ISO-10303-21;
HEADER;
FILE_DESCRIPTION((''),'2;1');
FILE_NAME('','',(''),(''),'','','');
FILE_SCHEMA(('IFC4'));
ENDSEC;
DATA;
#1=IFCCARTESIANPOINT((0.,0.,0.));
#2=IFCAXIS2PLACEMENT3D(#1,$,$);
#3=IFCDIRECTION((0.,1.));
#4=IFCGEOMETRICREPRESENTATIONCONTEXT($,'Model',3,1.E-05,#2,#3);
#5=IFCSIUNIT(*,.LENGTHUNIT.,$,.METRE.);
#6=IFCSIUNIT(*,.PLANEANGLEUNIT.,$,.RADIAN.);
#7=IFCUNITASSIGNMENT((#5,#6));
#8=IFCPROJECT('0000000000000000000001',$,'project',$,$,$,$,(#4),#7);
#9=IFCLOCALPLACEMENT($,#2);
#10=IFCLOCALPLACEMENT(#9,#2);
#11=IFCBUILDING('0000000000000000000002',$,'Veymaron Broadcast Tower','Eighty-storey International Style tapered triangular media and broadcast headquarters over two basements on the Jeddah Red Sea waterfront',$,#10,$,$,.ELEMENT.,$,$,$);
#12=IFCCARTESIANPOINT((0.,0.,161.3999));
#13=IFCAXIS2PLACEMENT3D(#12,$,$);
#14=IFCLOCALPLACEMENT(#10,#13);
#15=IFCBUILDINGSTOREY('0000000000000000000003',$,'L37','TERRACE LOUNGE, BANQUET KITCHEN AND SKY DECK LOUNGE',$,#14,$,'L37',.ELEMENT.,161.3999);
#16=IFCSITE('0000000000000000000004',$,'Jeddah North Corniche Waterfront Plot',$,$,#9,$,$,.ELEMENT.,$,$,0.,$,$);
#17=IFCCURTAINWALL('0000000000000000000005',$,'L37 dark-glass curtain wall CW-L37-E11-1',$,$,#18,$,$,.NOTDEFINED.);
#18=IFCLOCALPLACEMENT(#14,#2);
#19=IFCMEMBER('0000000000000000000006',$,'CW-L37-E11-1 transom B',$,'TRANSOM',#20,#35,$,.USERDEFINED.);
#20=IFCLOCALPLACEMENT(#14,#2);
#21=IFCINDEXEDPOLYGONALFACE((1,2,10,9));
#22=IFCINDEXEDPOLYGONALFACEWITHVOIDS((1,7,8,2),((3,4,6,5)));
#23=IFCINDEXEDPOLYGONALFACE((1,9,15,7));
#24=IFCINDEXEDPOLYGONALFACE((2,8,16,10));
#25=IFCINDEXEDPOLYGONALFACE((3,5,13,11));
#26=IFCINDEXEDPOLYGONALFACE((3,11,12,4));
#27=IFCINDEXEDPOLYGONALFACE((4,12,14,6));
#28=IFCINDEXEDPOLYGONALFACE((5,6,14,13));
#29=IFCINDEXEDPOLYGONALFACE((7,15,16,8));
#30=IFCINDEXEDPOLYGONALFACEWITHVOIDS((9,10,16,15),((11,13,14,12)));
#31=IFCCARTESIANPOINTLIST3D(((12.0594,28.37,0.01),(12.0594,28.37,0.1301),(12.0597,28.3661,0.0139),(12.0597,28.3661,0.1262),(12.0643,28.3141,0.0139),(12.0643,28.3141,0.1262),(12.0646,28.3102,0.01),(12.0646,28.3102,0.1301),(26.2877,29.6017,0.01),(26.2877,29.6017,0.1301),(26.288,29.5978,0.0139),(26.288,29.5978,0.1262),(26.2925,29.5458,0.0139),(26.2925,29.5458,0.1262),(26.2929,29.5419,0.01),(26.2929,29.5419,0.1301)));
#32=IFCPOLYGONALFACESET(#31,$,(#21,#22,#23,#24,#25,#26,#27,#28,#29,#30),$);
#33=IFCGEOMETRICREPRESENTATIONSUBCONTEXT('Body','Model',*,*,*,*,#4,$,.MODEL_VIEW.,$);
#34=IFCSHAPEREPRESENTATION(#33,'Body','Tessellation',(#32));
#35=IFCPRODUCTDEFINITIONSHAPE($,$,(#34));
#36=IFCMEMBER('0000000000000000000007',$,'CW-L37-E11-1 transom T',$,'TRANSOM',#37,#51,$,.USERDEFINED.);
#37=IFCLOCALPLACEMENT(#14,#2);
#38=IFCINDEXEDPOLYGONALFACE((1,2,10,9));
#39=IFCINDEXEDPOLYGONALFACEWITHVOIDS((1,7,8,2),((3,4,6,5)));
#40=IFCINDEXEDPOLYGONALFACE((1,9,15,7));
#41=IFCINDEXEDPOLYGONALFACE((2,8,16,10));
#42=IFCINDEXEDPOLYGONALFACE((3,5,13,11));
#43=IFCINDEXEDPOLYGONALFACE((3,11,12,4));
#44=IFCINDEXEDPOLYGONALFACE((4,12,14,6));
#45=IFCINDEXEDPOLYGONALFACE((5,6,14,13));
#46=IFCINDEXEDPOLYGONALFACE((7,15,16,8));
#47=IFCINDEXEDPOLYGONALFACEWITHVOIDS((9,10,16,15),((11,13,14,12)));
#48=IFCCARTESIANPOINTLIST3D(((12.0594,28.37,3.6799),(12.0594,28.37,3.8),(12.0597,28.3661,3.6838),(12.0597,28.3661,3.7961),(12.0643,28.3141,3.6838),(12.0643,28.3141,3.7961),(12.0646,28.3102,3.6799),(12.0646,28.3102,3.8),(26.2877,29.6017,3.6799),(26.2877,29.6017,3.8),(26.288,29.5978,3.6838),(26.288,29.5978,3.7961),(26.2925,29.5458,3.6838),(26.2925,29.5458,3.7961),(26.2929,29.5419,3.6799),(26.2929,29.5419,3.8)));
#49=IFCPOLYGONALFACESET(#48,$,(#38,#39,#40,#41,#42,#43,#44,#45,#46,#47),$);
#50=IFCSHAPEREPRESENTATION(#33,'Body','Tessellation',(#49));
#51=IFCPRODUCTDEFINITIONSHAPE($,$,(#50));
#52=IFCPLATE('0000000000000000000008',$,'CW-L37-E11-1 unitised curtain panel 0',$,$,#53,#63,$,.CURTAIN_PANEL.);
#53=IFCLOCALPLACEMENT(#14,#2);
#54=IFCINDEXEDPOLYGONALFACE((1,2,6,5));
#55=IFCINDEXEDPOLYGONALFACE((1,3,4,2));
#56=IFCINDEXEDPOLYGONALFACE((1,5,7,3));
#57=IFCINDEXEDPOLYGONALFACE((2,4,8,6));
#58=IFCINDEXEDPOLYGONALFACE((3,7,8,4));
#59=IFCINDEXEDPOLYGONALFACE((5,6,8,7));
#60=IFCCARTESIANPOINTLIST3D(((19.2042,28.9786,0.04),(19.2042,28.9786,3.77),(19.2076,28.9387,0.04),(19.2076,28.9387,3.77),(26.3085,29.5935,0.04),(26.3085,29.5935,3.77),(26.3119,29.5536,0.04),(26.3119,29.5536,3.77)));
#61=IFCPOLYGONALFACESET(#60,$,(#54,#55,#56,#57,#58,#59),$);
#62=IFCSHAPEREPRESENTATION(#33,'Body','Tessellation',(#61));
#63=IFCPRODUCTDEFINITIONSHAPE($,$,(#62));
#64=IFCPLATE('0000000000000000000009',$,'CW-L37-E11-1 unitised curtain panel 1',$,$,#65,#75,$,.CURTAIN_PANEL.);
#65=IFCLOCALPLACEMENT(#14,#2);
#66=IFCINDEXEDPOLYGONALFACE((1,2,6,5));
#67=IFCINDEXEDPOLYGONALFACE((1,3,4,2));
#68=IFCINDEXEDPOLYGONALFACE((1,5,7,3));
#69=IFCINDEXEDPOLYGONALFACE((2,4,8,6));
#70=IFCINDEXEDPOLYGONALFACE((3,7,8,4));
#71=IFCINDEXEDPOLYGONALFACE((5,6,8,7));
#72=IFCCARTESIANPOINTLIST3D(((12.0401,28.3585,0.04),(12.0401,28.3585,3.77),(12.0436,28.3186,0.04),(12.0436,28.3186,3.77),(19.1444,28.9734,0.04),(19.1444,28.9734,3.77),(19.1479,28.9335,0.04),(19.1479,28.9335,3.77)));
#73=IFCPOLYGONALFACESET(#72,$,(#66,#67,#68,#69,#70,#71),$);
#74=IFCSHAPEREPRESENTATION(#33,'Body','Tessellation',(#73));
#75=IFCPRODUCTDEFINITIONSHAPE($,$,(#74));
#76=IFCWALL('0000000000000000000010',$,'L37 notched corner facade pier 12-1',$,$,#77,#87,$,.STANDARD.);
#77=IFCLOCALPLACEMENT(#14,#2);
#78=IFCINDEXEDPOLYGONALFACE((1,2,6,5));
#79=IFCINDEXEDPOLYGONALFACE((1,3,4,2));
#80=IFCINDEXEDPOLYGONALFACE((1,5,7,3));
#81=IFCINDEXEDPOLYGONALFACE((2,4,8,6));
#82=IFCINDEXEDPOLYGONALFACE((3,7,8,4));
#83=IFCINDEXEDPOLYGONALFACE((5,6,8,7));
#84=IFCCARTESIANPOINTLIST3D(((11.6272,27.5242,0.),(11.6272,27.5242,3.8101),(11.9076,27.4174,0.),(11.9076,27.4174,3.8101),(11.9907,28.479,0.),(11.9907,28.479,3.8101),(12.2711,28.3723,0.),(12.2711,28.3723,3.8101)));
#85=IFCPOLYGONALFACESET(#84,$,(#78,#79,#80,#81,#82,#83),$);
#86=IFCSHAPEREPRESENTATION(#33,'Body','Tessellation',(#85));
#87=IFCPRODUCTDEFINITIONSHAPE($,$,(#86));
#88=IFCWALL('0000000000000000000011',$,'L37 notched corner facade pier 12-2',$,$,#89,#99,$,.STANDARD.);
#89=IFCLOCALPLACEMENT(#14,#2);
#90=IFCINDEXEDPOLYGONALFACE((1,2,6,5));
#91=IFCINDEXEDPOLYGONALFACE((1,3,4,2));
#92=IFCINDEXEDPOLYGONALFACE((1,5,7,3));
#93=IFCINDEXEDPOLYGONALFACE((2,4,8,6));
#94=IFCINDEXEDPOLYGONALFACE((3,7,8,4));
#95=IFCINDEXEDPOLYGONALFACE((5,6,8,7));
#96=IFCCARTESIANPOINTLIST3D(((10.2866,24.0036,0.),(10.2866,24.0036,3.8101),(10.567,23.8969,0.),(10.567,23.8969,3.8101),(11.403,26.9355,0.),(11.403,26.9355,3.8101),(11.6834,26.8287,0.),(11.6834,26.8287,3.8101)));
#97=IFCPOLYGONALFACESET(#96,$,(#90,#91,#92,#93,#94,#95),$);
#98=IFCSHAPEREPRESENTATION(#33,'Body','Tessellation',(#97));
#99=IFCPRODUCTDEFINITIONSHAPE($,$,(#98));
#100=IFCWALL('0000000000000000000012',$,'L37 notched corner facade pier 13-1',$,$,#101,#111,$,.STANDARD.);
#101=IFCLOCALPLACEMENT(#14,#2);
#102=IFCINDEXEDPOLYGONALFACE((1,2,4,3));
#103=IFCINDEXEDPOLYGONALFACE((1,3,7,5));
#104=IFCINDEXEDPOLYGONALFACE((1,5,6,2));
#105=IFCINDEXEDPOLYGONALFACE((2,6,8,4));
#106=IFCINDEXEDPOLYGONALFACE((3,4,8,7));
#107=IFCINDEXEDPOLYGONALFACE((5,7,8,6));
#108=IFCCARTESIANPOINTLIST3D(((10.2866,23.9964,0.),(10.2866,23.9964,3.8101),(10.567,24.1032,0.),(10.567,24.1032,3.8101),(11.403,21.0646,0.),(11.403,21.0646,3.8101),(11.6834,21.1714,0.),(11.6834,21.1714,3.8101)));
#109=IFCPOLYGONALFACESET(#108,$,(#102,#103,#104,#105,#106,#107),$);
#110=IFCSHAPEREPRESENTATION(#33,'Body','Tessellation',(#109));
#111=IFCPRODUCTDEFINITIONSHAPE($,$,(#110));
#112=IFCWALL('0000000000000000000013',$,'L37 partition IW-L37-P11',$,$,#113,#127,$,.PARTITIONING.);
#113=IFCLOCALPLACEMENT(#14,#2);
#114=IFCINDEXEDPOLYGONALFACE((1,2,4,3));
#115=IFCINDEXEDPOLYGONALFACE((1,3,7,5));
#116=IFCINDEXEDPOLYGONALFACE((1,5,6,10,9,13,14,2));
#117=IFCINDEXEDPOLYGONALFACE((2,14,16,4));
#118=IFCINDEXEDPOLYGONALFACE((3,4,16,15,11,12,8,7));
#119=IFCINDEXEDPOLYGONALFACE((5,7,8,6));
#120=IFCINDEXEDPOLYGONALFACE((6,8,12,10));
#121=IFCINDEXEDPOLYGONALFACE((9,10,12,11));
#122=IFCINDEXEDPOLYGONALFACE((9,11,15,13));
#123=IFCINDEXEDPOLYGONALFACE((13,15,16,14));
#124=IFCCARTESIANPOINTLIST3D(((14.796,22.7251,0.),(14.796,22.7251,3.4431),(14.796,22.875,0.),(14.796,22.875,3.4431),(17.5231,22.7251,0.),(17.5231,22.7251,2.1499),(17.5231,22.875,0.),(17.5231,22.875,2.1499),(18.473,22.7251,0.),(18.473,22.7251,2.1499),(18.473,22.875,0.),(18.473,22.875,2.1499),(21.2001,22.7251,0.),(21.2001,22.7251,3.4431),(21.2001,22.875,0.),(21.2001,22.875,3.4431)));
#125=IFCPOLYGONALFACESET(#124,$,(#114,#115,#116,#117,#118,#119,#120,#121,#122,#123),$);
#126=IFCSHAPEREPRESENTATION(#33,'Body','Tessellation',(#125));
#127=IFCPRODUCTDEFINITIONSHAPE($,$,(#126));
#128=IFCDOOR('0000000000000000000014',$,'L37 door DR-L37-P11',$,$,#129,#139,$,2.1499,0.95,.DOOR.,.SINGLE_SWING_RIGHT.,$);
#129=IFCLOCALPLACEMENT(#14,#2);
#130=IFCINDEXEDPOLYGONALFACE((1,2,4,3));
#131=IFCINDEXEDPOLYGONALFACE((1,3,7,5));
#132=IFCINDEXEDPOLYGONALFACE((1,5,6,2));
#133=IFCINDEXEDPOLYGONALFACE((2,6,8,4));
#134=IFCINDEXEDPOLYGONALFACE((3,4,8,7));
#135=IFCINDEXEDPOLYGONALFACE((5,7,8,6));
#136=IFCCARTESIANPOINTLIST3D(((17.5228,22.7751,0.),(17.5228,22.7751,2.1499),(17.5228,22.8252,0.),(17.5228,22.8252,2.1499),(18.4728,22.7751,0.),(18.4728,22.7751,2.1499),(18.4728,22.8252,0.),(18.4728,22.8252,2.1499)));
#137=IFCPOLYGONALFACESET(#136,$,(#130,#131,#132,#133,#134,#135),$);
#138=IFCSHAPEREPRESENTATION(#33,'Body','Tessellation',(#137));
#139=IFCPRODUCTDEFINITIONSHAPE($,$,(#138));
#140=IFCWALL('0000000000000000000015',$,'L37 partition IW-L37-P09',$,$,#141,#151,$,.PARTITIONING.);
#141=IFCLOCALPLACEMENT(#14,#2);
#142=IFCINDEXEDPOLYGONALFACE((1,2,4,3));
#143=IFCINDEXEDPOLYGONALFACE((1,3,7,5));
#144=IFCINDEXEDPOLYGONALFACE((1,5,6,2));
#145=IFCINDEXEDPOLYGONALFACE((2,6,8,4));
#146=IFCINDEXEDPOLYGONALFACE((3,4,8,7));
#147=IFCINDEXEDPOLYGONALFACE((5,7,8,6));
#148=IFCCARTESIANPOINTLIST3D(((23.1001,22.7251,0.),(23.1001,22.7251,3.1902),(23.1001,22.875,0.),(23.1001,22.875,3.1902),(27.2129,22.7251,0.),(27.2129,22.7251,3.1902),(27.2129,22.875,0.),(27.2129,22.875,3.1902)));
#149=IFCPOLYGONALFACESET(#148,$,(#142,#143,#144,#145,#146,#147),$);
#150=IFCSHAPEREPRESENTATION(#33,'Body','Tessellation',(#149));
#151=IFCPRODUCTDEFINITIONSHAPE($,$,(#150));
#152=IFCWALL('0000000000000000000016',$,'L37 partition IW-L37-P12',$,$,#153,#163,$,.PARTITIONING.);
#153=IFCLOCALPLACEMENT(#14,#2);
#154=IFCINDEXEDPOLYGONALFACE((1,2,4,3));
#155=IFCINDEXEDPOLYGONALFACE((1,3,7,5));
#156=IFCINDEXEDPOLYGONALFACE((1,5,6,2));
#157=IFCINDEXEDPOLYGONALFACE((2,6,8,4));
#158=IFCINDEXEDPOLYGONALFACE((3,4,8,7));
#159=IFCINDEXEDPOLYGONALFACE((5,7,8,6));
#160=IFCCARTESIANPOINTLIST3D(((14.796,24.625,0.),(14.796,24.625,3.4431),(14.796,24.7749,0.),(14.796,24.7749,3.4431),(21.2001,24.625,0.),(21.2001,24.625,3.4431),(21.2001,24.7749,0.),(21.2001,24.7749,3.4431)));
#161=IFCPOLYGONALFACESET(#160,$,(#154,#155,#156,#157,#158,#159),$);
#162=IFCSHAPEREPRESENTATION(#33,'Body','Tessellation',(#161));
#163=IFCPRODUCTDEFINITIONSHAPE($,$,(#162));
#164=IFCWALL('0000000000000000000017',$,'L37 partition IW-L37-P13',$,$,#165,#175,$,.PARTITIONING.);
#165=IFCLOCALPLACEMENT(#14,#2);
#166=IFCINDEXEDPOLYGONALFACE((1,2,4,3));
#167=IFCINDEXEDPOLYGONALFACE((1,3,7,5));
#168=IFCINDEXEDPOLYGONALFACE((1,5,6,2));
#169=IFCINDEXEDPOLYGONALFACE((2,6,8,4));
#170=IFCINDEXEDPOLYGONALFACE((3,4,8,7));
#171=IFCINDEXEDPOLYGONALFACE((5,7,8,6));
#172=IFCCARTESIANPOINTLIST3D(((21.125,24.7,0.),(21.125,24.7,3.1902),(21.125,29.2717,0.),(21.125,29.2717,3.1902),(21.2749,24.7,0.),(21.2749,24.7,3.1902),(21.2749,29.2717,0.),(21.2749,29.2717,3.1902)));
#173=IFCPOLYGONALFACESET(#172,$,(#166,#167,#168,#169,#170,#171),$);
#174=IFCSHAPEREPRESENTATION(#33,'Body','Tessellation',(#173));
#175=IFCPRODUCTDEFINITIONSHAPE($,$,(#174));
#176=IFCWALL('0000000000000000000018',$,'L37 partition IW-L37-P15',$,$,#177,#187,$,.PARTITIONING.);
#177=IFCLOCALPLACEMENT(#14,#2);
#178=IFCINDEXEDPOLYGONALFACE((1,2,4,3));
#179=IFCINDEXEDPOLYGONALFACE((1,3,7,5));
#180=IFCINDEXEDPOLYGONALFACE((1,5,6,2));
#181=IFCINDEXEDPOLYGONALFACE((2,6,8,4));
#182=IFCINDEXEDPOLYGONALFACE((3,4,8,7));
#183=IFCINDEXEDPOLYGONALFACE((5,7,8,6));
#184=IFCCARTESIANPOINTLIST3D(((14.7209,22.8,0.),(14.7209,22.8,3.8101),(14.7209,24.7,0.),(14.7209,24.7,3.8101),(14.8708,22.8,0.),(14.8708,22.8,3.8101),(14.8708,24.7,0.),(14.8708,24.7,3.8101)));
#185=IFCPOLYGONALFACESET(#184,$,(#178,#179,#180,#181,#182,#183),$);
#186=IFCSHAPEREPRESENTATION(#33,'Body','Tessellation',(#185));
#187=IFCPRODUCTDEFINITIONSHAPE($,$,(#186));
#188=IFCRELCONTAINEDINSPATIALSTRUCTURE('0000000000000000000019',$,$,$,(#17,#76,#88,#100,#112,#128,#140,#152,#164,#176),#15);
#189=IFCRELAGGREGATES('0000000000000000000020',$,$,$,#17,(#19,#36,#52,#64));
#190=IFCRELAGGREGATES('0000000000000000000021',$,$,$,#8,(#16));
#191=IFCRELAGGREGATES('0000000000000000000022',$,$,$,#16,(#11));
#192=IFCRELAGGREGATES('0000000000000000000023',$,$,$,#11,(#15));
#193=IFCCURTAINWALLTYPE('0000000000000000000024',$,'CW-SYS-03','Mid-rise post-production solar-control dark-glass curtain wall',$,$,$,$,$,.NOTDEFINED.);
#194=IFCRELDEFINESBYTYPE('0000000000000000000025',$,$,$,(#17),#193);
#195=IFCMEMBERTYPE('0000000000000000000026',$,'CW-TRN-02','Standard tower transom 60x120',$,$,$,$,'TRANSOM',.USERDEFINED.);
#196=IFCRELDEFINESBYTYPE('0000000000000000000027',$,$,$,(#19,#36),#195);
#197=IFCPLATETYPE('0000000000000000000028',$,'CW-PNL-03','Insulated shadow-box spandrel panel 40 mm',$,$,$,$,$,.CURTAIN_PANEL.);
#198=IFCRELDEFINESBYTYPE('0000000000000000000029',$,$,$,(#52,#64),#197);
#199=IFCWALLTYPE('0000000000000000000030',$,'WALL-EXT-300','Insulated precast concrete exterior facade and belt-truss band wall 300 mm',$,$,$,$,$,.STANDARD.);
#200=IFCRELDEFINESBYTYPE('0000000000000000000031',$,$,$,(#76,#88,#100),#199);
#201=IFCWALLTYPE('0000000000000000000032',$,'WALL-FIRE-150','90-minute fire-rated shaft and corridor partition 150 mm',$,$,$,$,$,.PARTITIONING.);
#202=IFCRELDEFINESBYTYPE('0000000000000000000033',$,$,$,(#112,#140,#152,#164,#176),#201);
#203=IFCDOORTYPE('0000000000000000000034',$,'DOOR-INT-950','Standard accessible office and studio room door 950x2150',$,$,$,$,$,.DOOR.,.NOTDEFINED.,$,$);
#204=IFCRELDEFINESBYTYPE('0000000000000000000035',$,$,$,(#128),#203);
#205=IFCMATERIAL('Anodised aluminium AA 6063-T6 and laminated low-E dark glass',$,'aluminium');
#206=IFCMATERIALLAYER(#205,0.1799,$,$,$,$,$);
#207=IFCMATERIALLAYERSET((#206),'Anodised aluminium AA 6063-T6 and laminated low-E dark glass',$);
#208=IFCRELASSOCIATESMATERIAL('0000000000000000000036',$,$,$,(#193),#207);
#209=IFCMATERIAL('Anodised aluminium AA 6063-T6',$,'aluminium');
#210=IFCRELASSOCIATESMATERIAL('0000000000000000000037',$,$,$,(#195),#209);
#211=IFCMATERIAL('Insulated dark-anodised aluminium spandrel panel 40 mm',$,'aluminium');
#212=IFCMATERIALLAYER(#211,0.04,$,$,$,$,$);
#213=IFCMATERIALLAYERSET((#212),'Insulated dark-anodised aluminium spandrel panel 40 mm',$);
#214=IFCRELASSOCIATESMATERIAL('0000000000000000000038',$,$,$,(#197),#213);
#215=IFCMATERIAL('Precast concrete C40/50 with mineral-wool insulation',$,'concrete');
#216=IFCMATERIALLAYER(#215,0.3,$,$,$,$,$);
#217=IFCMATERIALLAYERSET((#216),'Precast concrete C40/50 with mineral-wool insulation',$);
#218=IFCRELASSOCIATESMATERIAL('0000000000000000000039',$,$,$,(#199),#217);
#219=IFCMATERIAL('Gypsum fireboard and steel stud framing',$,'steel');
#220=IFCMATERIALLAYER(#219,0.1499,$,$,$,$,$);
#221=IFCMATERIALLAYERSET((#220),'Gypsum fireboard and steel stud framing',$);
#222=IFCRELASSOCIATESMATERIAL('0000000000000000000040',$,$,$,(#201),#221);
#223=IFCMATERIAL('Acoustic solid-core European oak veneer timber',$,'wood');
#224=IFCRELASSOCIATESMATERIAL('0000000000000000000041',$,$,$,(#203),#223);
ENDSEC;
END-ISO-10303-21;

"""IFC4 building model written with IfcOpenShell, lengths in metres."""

from ifc_helpers import new_model, si_unit, direction, frame, frame_2d, origin, origin_2d, place, context, subcontext, project, spatial, rectangle, hollow_rectangle, extrude, material, layer, layer_set, material_profile, profile_set, type_object, element, fill, aggregate, save


model = new_model("IFC4")

# Units and contexts
model_context = context("Model", 3, precision=1e-05, world=origin(), true_north=direction((0.0, 1.0)))
body_context = subcontext(model_context, "Body", "Model", "MODEL_VIEW")
ifc_project = project(units=[si_unit("LENGTHUNIT", "METRE"), si_unit("PLANEANGLEUNIT", "RADIAN")], contexts=[model_context])

# Site, building, storey
site_placement = place(None, origin())
site = spatial("IfcSite", under=ifc_project, at=site_placement, Name="Jeddah North Corniche Waterfront Plot", CompositionType="ELEMENT", RefElevation=0.0)
building_placement = place(site_placement, origin())
building = spatial("IfcBuilding", under=site, at=building_placement, Name="Veymaron Broadcast Tower", Description="Eighty-storey International Style tapered triangular media and broadcast headquarters over two basements on the Jeddah Red Sea waterfront", CompositionType="ELEMENT")
storey_placement = place(building_placement, frame((0.0, 0.0, 161.3999)))
storey = spatial("IfcBuildingStorey", under=building, at=storey_placement, Name="L37", Description="TERRACE LOUNGE, BANQUET KITCHEN AND SKY DECK LOUNGE", LongName="L37", CompositionType="ELEMENT", Elevation=161.3999)

# Curtain wall, members, plates
ifc_material_1 = material(Name="Anodised aluminium AA 6063-T6 and laminated low-E dark glass", Category="aluminium")
ifc_layer_1 = layer(ifc_material_1, 0.1799)
ifc_layer_set_1 = layer_set([ifc_layer_1], Name="Anodised aluminium AA 6063-T6 and laminated low-E dark glass")
curtain_wall_type = type_object("IfcCurtainWallType", Name="CW-SYS-03", Description="Mid-rise post-production solar-control dark-glass curtain wall", PredefinedType="NOTDEFINED", material=ifc_layer_set_1)
curtain_wall_placement = place(storey_placement, origin())
curtain_wall = element("IfcCurtainWall", 1, at=curtain_wall_placement, inside=storey, type_object=curtain_wall_type, Name="L37 dark-glass curtain wall CW-L37-E11-1", PredefinedType="NOTDEFINED")
ifc_material_2 = material(Name="Anodised aluminium AA 6063-T6", Category="aluminium")
ifc_material_profile_1 = material_profile(ifc_material_2, hollow_rectangle(XDim=0.0601, YDim=0.1201, WallThickness=0.0039, at=origin_2d()), Name="AL120X60X4")
ifc_profile_set_1 = profile_set([ifc_material_profile_1], Name="Anodised aluminium AA 6063-T6")
member_type_1 = type_object("IfcMemberType", Name="CW-TRN-02", Description="Standard tower transom 60x120", ElementType="TRANSOM", PredefinedType="USERDEFINED", material=ifc_profile_set_1)
member_1_placement = place(storey_placement, frame((26.2903, 29.5718, 0.0701), z_axis=(-0.996274, -0.086244, 0.0), x_axis=(0.086244, -0.996274, 0.0)))
member_1 = element("IfcMember", 2, at=member_1_placement, type_object=member_type_1, Name="CW-L37-E11-1 transom B", ObjectType="TRANSOM", PredefinedType="USERDEFINED", context=body_context, shape_type="SweptSolid", body=[
    extrude(hollow_rectangle(XDim=0.0601, YDim=0.1201, WallThickness=0.0039, at=origin_2d()), origin(), (0.0, 0.0, 1.0), 14.2815),
])
member_2_placement = place(storey_placement, frame((26.2903, 29.5718, 3.74), z_axis=(-0.996274, -0.086244, 0.0), x_axis=(0.086244, -0.996274, 0.0)))
member_2 = element("IfcMember", 3, at=member_2_placement, type_object=member_type_1, Name="CW-L37-E11-1 transom T", ObjectType="TRANSOM", PredefinedType="USERDEFINED", context=body_context, shape_type="SweptSolid", body=[
    extrude(hollow_rectangle(XDim=0.0601, YDim=0.1201, WallThickness=0.0039, at=origin_2d()), origin(), (0.0, 0.0, 1.0), 14.2815),
])
ifc_material_3 = material(Name="Insulated dark-anodised aluminium spandrel panel 40 mm", Category="aluminium")
ifc_layer_2 = layer(ifc_material_3, 0.04)
ifc_layer_set_2 = layer_set([ifc_layer_2], Name="Insulated dark-anodised aluminium spandrel panel 40 mm")
plate_type = type_object("IfcPlateType", Name="CW-PNL-03", Description="Insulated shadow-box spandrel panel 40 mm", PredefinedType="CURTAIN_PANEL", material=ifc_layer_set_2)
plate_1_placement = place(storey_placement, frame((22.7581, 29.2661, 0.04), z_axis=(0.0, 0.0, 1.0), x_axis=(-0.996275, -0.086234, 0.0)))
plate_1 = element("IfcPlate", 4, at=plate_1_placement, type_object=plate_type, Name="CW-L37-E11-1 unitised curtain panel 0", PredefinedType="CURTAIN_PANEL", context=body_context, shape_type="SweptSolid", body=[
    extrude(rectangle(XDim=7.1309, YDim=0.04, at=origin_2d()), origin(), (0.0, 0.0, 1.0), 3.73),
])
plate_2_placement = place(storey_placement, frame((15.594, 28.646, 0.04), z_axis=(0.0, 0.0, 1.0), x_axis=(-0.996275, -0.086234, 0.0)))
plate_2 = element("IfcPlate", 5, at=plate_2_placement, type_object=plate_type, Name="CW-L37-E11-1 unitised curtain panel 1", PredefinedType="CURTAIN_PANEL", context=body_context, shape_type="SweptSolid", body=[
    extrude(rectangle(XDim=7.1309, YDim=0.04, at=origin_2d()), origin(), (0.0, 0.0, 1.0), 3.73),
])
aggregate(curtain_wall, [member_1, member_2, plate_1, plate_2])

# Walls
ifc_material_4 = material(Name="Precast concrete C40/50 with mineral-wool insulation", Category="concrete")
ifc_layer_3 = layer(ifc_material_4, 0.3)
ifc_layer_set_3 = layer_set([ifc_layer_3], Name="Precast concrete C40/50 with mineral-wool insulation")
wall_type_1 = type_object("IfcWallType", Name="WALL-EXT-300", Description="Insulated precast concrete exterior facade and belt-truss band wall 300 mm", PredefinedType="STANDARD", material=ifc_layer_set_3)
wall_1_placement = place(storey_placement, frame((12.1309, 28.4255, 0.0), z_axis=(0.0, 0.0, 1.0), x_axis=(-0.355807, -0.93456, 0.0)))
element("IfcWall", 6, at=wall_1_placement, inside=storey, type_object=wall_type_1, Name="L37 notched corner facade pier 12-1", PredefinedType="STANDARD", context=body_context, shape_type="SweptSolid", body=[
    extrude(rectangle(XDim=1.0217, YDim=0.3, at=frame_2d((0.5107, 0.0))), origin(), (0.0, 0.0, 1.0), 3.8101),
])
for number, where, z_axis, x_axis, name in (
    (7, (11.5432, 26.8821, 0.0), (0.0, 0.0, 1.0), (-0.355869, -0.934536, 0.0), "L37 notched corner facade pier 12-2"),
    (8, (10.4268, 24.0498, 0.0), (0.0, 0.0, 1.0), (0.355869, -0.934536, 0.0), "L37 notched corner facade pier 13-1"),
):
    element("IfcWall", number, at=place(storey_placement, frame(where, z_axis=z_axis, x_axis=x_axis)), inside=storey, type_object=wall_type_1, Name=name, PredefinedType="STANDARD", context=body_context, shape_type="SweptSolid", body=[
        extrude(rectangle(XDim=3.1372, YDim=0.3, at=frame_2d((1.5686, 0.0))), origin(), (0.0, 0.0, 1.0), 3.8101),
    ])

# Wall, opening, door
ifc_material_5 = material(Name="Gypsum fireboard and steel stud framing", Category="steel")
ifc_layer_4 = layer(ifc_material_5, 0.1499)
ifc_layer_set_4 = layer_set([ifc_layer_4], Name="Gypsum fireboard and steel stud framing")
wall_type_2 = type_object("IfcWallType", Name="WALL-FIRE-150", Description="90-minute fire-rated shaft and corridor partition 150 mm", PredefinedType="PARTITIONING", material=ifc_layer_set_4)
wall_2_placement = place(storey_placement, frame((14.7959, 22.8, 0.0), z_axis=(0.0, 0.0, 1.0), x_axis=(1.0, 0.0, 0.0)))
wall_2 = element("IfcWall", 9, at=wall_2_placement, inside=storey, type_object=wall_type_2, Name="L37 partition IW-L37-P11", PredefinedType="PARTITIONING", context=body_context, shape_type="SweptSolid", body=[
    extrude(rectangle(XDim=6.4041, YDim=0.1499, at=frame_2d((3.2021, 0.0))), origin(), (0.0, 0.0, 1.0), 3.4431),
])
opening_1_placement = place(wall_2_placement, frame((2.7271, 0.0, 0.0)))
opening_1 = element("IfcOpeningElement", 10, at=opening_1_placement, cuts=wall_2, PredefinedType="OPENING", context=body_context, shape_type="SweptSolid", body=[
    extrude(rectangle(XDim=0.95, YDim=2.1499, at=frame_2d((0.4751, 1.075))), frame((0.0, 0.085, 0.0), z_axis=(0.0, -1.0, 0.0), x_axis=(1.0, 0.0, 0.0)), (0.0, 0.0, 1.0), 0.1699),
])
ifc_material_6 = material(Name="Acoustic solid-core European oak veneer timber", Category="wood")
door_type = type_object("IfcDoorType", Name="DOOR-INT-950", Description="Standard accessible office and studio room door 950x2150", OperationType="NOTDEFINED", PredefinedType="DOOR", material=ifc_material_6)
door_1_placement = place(opening_1_placement, frame((0.95, 0.0, 0.0), z_axis=(0.0, 0.0, 1.0), x_axis=(-1.0, 0.0, 0.0)))
door_1 = element("IfcDoor", 11, at=door_1_placement, inside=storey, type_object=door_type, Name="L37 door DR-L37-P11", OperationType="SINGLE_SWING_RIGHT", OverallHeight=2.1499, OverallWidth=0.95, PredefinedType="DOOR", context=body_context, shape_type="SweptSolid", body=[
    extrude(rectangle(XDim=0.95, YDim=2.1499, at=frame_2d((0.4751, 1.075))), frame((0.0, 0.0249, 0.0), z_axis=(0.0, -1.0, 0.0), x_axis=(1.0, 0.0, 0.0)), (0.0, 0.0, 1.0), 0.05),
])
fill(opening_1, door_1)

# Walls
wall_3_placement = place(storey_placement, frame((23.1001, 22.8, 0.0), z_axis=(0.0, 0.0, 1.0), x_axis=(1.0, 0.0, 0.0)))
element("IfcWall", 12, at=wall_3_placement, inside=storey, type_object=wall_type_2, Name="L37 partition IW-L37-P09", PredefinedType="PARTITIONING", context=body_context, shape_type="SweptSolid", body=[
    extrude(rectangle(XDim=4.1128, YDim=0.1499, at=frame_2d((2.0564, 0.0))), origin(), (0.0, 0.0, 1.0), 3.1902),
])
wall_4_placement = place(storey_placement, frame((14.7959, 24.7, 0.0), z_axis=(0.0, 0.0, 1.0), x_axis=(1.0, 0.0, 0.0)))
element("IfcWall", 13, at=wall_4_placement, inside=storey, type_object=wall_type_2, Name="L37 partition IW-L37-P12", PredefinedType="PARTITIONING", context=body_context, shape_type="SweptSolid", body=[
    extrude(rectangle(XDim=6.4041, YDim=0.1499, at=frame_2d((3.2021, 0.0))), origin(), (0.0, 0.0, 1.0), 3.4431),
])
wall_5_placement = place(storey_placement, frame((21.2, 24.7, 0.0), z_axis=(0.0, 0.0, 1.0), x_axis=(0.0, 1.0, 0.0)))
element("IfcWall", 14, at=wall_5_placement, inside=storey, type_object=wall_type_2, Name="L37 partition IW-L37-P13", PredefinedType="PARTITIONING", context=body_context, shape_type="SweptSolid", body=[
    extrude(rectangle(XDim=4.5718, YDim=0.1499, at=frame_2d((2.2859, 0.0))), origin(), (0.0, 0.0, 1.0), 3.1902),
])
wall_6_placement = place(storey_placement, frame((14.7959, 22.8, 0.0), z_axis=(0.0, 0.0, 1.0), x_axis=(0.0, 1.0, 0.0)))
element("IfcWall", 15, at=wall_6_placement, inside=storey, type_object=wall_type_2, Name="L37 partition IW-L37-P15", PredefinedType="PARTITIONING", context=body_context, shape_type="SweptSolid", body=[
    extrude(rectangle(XDim=1.8999, YDim=0.1499, at=frame_2d((0.95, 0.0))), origin(), (0.0, 0.0, 1.0), 3.8101),
])

save(model, "model.ifc")
